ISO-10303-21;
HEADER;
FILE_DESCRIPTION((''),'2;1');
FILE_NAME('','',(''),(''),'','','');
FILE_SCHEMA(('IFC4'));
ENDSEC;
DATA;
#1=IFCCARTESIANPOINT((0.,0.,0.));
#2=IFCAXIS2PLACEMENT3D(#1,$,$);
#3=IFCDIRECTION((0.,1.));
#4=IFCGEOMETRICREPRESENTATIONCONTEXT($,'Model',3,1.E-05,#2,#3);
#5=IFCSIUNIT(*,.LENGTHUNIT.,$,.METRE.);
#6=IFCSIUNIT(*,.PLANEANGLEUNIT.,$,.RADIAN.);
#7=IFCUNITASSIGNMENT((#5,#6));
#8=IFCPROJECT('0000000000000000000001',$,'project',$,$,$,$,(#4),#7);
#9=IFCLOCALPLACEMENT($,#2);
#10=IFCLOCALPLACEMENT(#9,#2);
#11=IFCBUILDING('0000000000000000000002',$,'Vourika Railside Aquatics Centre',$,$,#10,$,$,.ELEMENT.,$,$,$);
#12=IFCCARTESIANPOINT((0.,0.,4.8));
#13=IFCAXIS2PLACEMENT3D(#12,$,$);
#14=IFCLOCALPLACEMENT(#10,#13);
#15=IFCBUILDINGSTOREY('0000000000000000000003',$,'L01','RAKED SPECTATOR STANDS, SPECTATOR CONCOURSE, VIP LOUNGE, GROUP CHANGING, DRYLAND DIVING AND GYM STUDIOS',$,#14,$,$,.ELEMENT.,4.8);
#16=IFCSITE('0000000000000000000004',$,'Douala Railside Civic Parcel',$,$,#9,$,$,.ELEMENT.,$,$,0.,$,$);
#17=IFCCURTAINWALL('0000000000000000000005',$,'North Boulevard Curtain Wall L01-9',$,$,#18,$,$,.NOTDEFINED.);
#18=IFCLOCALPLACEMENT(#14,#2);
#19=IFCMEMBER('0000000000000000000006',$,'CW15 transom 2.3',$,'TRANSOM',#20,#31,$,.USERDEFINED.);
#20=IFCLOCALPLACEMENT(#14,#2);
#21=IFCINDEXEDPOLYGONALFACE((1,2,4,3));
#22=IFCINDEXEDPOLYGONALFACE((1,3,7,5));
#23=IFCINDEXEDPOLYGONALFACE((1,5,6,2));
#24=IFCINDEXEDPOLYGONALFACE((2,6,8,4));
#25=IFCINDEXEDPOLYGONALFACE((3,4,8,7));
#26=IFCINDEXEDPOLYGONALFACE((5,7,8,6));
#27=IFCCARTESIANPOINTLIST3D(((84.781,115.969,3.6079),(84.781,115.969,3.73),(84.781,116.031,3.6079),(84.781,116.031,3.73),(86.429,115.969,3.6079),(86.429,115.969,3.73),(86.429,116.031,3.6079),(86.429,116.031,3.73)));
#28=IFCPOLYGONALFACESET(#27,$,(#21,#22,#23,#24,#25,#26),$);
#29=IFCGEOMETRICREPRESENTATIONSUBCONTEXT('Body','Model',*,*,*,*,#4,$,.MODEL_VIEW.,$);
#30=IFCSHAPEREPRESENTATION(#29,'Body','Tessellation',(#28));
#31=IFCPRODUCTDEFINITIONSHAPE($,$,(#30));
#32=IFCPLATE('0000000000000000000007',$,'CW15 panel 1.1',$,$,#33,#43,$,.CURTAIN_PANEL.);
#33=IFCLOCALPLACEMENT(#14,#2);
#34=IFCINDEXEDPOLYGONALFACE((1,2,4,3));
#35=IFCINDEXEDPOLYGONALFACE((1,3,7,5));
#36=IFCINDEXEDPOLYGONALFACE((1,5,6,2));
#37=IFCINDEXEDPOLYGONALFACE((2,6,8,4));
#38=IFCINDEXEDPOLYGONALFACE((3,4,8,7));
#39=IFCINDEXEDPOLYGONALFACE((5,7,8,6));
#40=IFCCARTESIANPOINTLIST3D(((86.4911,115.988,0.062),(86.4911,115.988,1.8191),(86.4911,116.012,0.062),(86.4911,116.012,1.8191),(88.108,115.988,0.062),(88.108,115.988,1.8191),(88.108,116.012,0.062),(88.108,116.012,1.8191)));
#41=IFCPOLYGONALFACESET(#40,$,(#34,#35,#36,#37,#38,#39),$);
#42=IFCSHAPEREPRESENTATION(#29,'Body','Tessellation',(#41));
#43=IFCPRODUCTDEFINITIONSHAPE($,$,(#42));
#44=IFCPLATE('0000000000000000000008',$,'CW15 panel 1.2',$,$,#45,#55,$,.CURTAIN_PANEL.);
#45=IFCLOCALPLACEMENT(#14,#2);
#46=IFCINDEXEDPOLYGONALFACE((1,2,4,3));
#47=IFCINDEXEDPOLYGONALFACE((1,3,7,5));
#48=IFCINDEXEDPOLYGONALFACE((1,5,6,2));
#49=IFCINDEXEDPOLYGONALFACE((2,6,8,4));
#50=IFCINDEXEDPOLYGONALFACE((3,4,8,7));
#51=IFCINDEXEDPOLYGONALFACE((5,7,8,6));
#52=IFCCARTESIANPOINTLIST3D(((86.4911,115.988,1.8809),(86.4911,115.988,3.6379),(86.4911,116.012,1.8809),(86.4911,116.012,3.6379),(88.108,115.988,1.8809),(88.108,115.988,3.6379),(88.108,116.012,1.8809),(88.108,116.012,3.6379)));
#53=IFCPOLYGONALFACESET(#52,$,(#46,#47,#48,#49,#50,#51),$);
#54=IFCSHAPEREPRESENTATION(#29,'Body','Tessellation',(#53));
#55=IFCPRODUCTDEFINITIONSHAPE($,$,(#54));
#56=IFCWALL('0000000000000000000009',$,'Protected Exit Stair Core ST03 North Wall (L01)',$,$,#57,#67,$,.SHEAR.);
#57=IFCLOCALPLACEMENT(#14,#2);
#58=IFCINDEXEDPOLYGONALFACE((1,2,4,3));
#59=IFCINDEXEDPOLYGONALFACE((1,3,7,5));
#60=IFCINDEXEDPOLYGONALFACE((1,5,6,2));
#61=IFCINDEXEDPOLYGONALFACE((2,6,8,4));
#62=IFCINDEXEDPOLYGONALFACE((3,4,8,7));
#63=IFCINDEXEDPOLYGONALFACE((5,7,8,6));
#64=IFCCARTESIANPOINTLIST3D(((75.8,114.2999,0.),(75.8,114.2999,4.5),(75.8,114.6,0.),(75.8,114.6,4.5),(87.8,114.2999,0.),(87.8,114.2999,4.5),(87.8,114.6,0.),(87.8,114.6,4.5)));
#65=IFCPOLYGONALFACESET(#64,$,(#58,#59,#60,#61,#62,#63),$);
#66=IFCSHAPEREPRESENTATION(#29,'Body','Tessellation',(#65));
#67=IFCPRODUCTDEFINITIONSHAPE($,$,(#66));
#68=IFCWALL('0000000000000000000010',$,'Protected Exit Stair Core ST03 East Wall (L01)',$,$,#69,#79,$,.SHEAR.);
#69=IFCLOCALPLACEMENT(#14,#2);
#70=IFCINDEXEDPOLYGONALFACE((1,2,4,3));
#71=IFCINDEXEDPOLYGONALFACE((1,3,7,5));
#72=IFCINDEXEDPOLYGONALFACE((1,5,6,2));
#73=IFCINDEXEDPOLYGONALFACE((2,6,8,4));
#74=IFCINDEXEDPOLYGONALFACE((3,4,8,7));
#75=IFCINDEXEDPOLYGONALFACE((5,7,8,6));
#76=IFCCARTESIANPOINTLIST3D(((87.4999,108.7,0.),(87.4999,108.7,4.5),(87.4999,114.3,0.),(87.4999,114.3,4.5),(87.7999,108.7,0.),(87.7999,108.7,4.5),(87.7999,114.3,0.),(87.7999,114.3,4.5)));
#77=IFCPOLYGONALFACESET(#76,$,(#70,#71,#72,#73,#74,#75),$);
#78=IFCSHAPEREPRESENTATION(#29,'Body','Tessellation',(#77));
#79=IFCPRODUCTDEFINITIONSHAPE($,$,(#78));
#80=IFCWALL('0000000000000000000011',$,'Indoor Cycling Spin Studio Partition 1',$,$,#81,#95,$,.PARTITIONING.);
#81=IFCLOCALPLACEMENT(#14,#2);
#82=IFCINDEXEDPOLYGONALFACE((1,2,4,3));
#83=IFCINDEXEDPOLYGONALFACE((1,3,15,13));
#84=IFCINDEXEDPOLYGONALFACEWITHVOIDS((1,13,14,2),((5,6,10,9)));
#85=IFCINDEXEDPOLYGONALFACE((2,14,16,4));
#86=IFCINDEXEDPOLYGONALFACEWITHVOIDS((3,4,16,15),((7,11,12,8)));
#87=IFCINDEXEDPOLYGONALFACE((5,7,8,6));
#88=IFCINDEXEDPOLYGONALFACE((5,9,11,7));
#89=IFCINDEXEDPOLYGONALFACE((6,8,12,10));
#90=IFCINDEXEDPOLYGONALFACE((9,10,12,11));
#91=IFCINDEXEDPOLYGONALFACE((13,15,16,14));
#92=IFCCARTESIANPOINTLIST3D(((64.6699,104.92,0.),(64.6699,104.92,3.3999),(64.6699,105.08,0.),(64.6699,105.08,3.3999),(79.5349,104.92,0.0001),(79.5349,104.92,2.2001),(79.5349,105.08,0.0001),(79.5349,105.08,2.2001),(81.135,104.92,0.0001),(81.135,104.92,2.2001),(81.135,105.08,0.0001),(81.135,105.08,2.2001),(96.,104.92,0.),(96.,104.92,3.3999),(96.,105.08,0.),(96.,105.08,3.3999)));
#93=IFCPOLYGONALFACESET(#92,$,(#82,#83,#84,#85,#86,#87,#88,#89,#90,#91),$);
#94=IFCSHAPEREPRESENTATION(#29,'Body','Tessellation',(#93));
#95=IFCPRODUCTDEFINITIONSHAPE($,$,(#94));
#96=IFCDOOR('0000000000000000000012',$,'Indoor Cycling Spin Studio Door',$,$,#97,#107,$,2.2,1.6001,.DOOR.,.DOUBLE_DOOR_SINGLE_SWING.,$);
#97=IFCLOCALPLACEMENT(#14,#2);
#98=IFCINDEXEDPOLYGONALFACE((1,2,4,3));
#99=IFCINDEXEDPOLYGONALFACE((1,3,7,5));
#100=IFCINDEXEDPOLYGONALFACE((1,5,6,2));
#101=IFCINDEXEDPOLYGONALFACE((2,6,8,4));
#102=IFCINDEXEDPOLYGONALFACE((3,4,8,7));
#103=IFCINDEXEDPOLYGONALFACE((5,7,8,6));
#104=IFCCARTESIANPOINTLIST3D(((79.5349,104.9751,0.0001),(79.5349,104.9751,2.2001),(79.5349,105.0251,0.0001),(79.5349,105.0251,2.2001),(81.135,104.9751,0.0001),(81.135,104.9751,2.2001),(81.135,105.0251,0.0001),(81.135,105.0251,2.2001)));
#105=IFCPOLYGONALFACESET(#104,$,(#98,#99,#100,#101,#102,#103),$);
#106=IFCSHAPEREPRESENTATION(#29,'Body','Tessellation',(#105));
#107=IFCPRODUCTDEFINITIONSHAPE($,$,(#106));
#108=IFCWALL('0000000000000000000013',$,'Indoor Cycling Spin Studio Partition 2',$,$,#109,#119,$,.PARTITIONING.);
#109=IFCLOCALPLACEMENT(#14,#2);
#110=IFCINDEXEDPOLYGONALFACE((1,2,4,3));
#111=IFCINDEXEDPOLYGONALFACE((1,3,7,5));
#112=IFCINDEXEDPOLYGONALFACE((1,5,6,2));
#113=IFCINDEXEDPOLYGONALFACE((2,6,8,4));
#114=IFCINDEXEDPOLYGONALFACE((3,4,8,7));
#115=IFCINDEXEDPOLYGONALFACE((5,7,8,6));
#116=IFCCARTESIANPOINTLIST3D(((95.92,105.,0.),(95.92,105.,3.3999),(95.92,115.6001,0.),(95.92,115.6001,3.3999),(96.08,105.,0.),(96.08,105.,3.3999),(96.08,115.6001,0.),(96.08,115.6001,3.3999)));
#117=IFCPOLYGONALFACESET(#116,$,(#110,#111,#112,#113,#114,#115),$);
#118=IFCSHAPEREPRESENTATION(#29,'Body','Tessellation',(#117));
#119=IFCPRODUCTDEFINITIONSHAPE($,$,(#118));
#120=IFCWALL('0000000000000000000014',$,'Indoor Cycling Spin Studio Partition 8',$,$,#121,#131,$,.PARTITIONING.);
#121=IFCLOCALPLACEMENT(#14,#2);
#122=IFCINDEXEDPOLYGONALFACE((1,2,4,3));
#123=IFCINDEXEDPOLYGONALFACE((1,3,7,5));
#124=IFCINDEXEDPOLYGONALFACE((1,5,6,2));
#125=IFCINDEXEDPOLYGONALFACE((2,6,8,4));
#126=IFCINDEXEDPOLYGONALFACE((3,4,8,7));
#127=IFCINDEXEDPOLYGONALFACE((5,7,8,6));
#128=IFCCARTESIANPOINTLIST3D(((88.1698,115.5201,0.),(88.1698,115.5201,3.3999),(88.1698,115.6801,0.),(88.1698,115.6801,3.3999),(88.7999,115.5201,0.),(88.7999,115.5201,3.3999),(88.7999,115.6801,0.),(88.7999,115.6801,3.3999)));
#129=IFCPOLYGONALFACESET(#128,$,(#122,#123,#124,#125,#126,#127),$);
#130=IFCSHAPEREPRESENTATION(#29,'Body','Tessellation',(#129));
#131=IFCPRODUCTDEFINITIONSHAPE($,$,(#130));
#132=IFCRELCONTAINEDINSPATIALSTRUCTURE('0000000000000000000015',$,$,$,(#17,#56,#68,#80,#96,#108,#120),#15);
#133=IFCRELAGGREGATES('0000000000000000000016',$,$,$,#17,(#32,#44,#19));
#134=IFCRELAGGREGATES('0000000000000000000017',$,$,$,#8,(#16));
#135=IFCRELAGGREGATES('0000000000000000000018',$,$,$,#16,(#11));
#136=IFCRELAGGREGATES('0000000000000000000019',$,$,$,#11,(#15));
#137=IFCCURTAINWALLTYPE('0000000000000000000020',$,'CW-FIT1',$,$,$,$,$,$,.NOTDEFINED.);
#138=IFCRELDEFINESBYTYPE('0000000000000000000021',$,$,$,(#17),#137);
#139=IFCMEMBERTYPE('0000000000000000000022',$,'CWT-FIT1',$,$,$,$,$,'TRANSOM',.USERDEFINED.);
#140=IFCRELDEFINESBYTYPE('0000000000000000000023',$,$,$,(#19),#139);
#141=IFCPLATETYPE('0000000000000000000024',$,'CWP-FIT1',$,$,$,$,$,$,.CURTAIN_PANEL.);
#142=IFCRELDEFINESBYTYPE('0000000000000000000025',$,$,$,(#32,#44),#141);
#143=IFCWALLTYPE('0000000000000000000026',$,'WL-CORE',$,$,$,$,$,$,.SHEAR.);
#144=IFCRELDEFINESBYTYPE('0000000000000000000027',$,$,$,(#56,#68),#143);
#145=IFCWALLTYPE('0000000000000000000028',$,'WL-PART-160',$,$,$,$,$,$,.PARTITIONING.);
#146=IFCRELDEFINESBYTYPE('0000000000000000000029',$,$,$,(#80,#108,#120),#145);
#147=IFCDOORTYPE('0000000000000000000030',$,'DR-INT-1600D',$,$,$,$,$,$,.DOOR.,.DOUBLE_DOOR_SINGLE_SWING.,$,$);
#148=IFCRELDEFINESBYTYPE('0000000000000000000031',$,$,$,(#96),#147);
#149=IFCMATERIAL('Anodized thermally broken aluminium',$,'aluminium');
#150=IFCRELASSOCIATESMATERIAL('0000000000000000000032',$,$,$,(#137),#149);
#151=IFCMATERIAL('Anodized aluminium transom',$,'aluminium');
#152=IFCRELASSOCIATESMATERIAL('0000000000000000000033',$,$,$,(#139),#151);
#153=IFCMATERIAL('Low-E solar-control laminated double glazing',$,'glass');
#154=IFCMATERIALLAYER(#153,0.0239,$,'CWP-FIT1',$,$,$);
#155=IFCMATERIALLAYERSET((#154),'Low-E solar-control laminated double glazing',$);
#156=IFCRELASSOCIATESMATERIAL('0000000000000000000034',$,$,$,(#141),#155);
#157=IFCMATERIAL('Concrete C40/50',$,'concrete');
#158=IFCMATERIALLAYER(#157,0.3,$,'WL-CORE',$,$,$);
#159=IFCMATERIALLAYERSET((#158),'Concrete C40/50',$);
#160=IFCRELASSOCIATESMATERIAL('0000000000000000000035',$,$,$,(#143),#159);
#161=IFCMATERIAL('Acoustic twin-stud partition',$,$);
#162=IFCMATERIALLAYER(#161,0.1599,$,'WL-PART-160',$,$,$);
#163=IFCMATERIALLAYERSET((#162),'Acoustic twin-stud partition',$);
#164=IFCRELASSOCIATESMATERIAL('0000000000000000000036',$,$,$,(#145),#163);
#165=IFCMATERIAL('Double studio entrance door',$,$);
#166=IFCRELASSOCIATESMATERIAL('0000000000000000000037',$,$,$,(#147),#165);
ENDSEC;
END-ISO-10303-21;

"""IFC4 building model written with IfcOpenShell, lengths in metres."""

from ifc_helpers import new_model, si_unit, direction, frame, frame_2d, origin, origin_2d, place, context, subcontext, project, spatial, rectangle, extrude, material, layer, layer_set, material_profile, profile_set, type_object, element, fill, aggregate, save


model = new_model("IFC4")

# Units and contexts
model_context = context("Model", 3, precision=1e-05, world=origin(), true_north=direction((0.0, 1.0)))
body_context = subcontext(model_context, "Body", "Model", "MODEL_VIEW")
ifc_project = project(units=[si_unit("LENGTHUNIT", "METRE"), si_unit("PLANEANGLEUNIT", "RADIAN")], contexts=[model_context])

# Site, building, storey
site_placement = place(None, origin())
site = spatial("IfcSite", under=ifc_project, at=site_placement, Name="Douala Railside Civic Parcel", CompositionType="ELEMENT", RefElevation=0.0)
building_placement = place(site_placement, origin())
building = spatial("IfcBuilding", under=site, at=building_placement, Name="Vourika Railside Aquatics Centre", CompositionType="ELEMENT")
storey_placement = place(building_placement, frame((0.0, 0.0, 4.8)))
storey = spatial("IfcBuildingStorey", under=building, at=storey_placement, Name="L01", Description="RAKED SPECTATOR STANDS, SPECTATOR CONCOURSE, VIP LOUNGE, GROUP CHANGING, DRYLAND DIVING AND GYM STUDIOS", CompositionType="ELEMENT", Elevation=4.8)

# Shared definitions
ifc_material_1 = material(Name="Concrete C40/50", Category="concrete")

# Curtain wall, member, plates
ifc_material_2 = material(Name="Anodized thermally broken aluminium", Category="aluminium")
curtain_wall_type = type_object("IfcCurtainWallType", Name="CW-FIT1", PredefinedType="NOTDEFINED", material=ifc_material_2)
curtain_wall_placement = place(storey_placement, origin())
curtain_wall = element("IfcCurtainWall", 1, at=curtain_wall_placement, inside=storey, type_object=curtain_wall_type, Name="North Boulevard Curtain Wall L01-9", PredefinedType="NOTDEFINED")
ifc_material_3 = material(Name="Anodized aluminium transom", Category="aluminium")
ifc_material_profile_1 = material_profile(ifc_material_3, rectangle(XDim=0.062, YDim=0.1221, at=origin_2d()), Name="ALU-T 62x122")
ifc_profile_set_1 = profile_set([ifc_material_profile_1], Name="Anodized aluminium transom")
member_type_1 = type_object("IfcMemberType", Name="CWT-FIT1", ElementType="TRANSOM", PredefinedType="USERDEFINED", material=ifc_profile_set_1)
member_1_placement = place(storey_placement, frame((86.429, 116.0, 3.6689), z_axis=(-1.0, 0.0, 0.0), x_axis=(0.0, -1.0, 0.0)))
member_1 = element("IfcMember", 2, at=member_1_placement, type_object=member_type_1, Name="CW15 transom 2.3", ObjectType="TRANSOM", PredefinedType="USERDEFINED", context=body_context, shape_type="SweptSolid", body=[
    extrude(rectangle(XDim=0.062, YDim=0.1221, at=origin_2d()), origin(), (0.0, 0.0, 1.0), 1.6479),
])
ifc_material_4 = material(Name="Low-E solar-control laminated double glazing", Category="glass")
ifc_layer_1 = layer(ifc_material_4, 0.0239, Name="CWP-FIT1")
ifc_layer_set_1 = layer_set([ifc_layer_1], Name="Low-E solar-control laminated double glazing")
plate_type = type_object("IfcPlateType", Name="CWP-FIT1", PredefinedType="CURTAIN_PANEL", material=ifc_layer_set_1)
plate_1_placement = place(storey_placement, frame((87.2996, 116.0, 0.062), z_axis=(0.0, 0.0, 1.0), x_axis=(-1.0, 0.0, 0.0)))
plate_1 = element("IfcPlate", 3, at=plate_1_placement, type_object=plate_type, Name="CW15 panel 1.1", PredefinedType="CURTAIN_PANEL", context=body_context, shape_type="SweptSolid", body=[
    extrude(rectangle(XDim=1.6169, YDim=0.0239, at=origin_2d()), origin(), (0.0, 0.0, 1.0), 1.7571),
])
plate_2_placement = place(storey_placement, frame((87.2996, 116.0, 1.8809), z_axis=(0.0, 0.0, 1.0), x_axis=(-1.0, 0.0, 0.0)))
plate_2 = element("IfcPlate", 4, at=plate_2_placement, type_object=plate_type, Name="CW15 panel 1.2", PredefinedType="CURTAIN_PANEL", context=body_context, shape_type="SweptSolid", body=[
    extrude(rectangle(XDim=1.6169, YDim=0.0239, at=origin_2d()), origin(), (0.0, 0.0, 1.0), 1.7571),
])
aggregate(curtain_wall, [plate_1, plate_2, member_1])

# Walls
ifc_layer_2 = layer(ifc_material_1, 0.3, Name="WL-CORE")
ifc_layer_set_2 = layer_set([ifc_layer_2], Name="Concrete C40/50")
wall_type_1 = type_object("IfcWallType", Name="WL-CORE", PredefinedType="SHEAR", material=ifc_layer_set_2)
wall_1_placement = place(storey_placement, frame((87.8, 114.45, 0.0), z_axis=(0.0, 0.0, 1.0), x_axis=(-1.0, 0.0, 0.0)))
element("IfcWall", 5, at=wall_1_placement, inside=storey, type_object=wall_type_1, Name="Protected Exit Stair Core ST03 North Wall (L01)", PredefinedType="SHEAR", context=body_context, shape_type="SweptSolid", body=[
    extrude(rectangle(XDim=12.0, YDim=0.3, at=frame_2d((6.0, 0.0))), origin(), (0.0, 0.0, 1.0), 4.5),
])
wall_2_placement = place(storey_placement, frame((87.6499, 108.7, 0.0), z_axis=(0.0, 0.0, 1.0), x_axis=(0.0, 1.0, 0.0)))
element("IfcWall", 6, at=wall_2_placement, inside=storey, type_object=wall_type_1, Name="Protected Exit Stair Core ST03 East Wall (L01)", PredefinedType="SHEAR", context=body_context, shape_type="SweptSolid", body=[
    extrude(rectangle(XDim=5.6001, YDim=0.3, at=frame_2d((2.8, 0.0))), origin(), (0.0, 0.0, 1.0), 4.5),
])

# Wall, opening, door
ifc_material_5 = material(Name="Acoustic twin-stud partition")
ifc_layer_3 = layer(ifc_material_5, 0.1599, Name="WL-PART-160")
ifc_layer_set_3 = layer_set([ifc_layer_3], Name="Acoustic twin-stud partition")
wall_type_2 = type_object("IfcWallType", Name="WL-PART-160", PredefinedType="PARTITIONING", material=ifc_layer_set_3)
wall_3_placement = place(storey_placement, frame((96.0, 105.0, 0.0), z_axis=(0.0, 0.0, 1.0), x_axis=(-1.0, 0.0, 0.0)))
wall_3 = element("IfcWall", 7, at=wall_3_placement, inside=storey, type_object=wall_type_2, Name="Indoor Cycling Spin Studio Partition 1", PredefinedType="PARTITIONING", context=body_context, shape_type="SweptSolid", body=[
    extrude(rectangle(XDim=31.3301, YDim=0.1599, at=frame_2d((15.665, 0.0))), origin(), (0.0, 0.0, 1.0), 3.3999),
])
opening_placement = place(wall_3_placement, frame((14.865, 0.0, 0.0)))
opening = element("IfcOpeningElement", 8, at=opening_placement, cuts=wall_3, PredefinedType="OPENING", context=body_context, shape_type="SweptSolid", body=[
    extrude(rectangle(XDim=1.6001, YDim=2.2, at=frame_2d((0.8, 1.1001))), frame((0.0, 0.0898, 0.0), z_axis=(0.0, -1.0, 0.0), x_axis=(1.0, 0.0, 0.0)), (0.0, 0.0, 1.0), 0.1799),
])
ifc_material_6 = material(Name="Double studio entrance door")
door_type = type_object("IfcDoorType", Name="DR-INT-1600D", OperationType="DOUBLE_DOOR_SINGLE_SWING", PredefinedType="DOOR", material=ifc_material_6)
door_placement = place(opening_placement, origin())
door = element("IfcDoor", 9, at=door_placement, inside=storey, type_object=door_type, Name="Indoor Cycling Spin Studio Door", OperationType="DOUBLE_DOOR_SINGLE_SWING", OverallHeight=2.2, OverallWidth=1.6001, PredefinedType="DOOR", context=body_context, shape_type="SweptSolid", body=[
    extrude(rectangle(XDim=1.6001, YDim=2.2, at=frame_2d((0.8, 1.1001))), frame((0.0, 0.0249, 0.0), z_axis=(0.0, -1.0, 0.0), x_axis=(1.0, 0.0, 0.0)), (0.0, 0.0, 1.0), 0.05),
])
fill(opening, door)

# Walls
wall_4_placement = place(storey_placement, frame((96.0, 115.6001, 0.0), z_axis=(0.0, 0.0, 1.0), x_axis=(0.0, -1.0, 0.0)))
element("IfcWall", 10, at=wall_4_placement, inside=storey, type_object=wall_type_2, Name="Indoor Cycling Spin Studio Partition 2", PredefinedType="PARTITIONING", context=body_context, shape_type="SweptSolid", body=[
    extrude(rectangle(XDim=10.6001, YDim=0.1599, at=frame_2d((5.3, 0.0))), origin(), (0.0, 0.0, 1.0), 3.3999),
])
wall_5_placement = place(storey_placement, frame((88.1699, 115.6001, 0.0), z_axis=(0.0, 0.0, 1.0), x_axis=(1.0, 0.0, 0.0)))
element("IfcWall", 11, at=wall_5_placement, inside=storey, type_object=wall_type_2, Name="Indoor Cycling Spin Studio Partition 8", PredefinedType="PARTITIONING", context=body_context, shape_type="SweptSolid", body=[
    extrude(rectangle(XDim=0.6301, YDim=0.1599, at=frame_2d((0.3149, 0.0))), origin(), (0.0, 0.0, 1.0), 3.3999),
])

save(model, "model.ifc")
